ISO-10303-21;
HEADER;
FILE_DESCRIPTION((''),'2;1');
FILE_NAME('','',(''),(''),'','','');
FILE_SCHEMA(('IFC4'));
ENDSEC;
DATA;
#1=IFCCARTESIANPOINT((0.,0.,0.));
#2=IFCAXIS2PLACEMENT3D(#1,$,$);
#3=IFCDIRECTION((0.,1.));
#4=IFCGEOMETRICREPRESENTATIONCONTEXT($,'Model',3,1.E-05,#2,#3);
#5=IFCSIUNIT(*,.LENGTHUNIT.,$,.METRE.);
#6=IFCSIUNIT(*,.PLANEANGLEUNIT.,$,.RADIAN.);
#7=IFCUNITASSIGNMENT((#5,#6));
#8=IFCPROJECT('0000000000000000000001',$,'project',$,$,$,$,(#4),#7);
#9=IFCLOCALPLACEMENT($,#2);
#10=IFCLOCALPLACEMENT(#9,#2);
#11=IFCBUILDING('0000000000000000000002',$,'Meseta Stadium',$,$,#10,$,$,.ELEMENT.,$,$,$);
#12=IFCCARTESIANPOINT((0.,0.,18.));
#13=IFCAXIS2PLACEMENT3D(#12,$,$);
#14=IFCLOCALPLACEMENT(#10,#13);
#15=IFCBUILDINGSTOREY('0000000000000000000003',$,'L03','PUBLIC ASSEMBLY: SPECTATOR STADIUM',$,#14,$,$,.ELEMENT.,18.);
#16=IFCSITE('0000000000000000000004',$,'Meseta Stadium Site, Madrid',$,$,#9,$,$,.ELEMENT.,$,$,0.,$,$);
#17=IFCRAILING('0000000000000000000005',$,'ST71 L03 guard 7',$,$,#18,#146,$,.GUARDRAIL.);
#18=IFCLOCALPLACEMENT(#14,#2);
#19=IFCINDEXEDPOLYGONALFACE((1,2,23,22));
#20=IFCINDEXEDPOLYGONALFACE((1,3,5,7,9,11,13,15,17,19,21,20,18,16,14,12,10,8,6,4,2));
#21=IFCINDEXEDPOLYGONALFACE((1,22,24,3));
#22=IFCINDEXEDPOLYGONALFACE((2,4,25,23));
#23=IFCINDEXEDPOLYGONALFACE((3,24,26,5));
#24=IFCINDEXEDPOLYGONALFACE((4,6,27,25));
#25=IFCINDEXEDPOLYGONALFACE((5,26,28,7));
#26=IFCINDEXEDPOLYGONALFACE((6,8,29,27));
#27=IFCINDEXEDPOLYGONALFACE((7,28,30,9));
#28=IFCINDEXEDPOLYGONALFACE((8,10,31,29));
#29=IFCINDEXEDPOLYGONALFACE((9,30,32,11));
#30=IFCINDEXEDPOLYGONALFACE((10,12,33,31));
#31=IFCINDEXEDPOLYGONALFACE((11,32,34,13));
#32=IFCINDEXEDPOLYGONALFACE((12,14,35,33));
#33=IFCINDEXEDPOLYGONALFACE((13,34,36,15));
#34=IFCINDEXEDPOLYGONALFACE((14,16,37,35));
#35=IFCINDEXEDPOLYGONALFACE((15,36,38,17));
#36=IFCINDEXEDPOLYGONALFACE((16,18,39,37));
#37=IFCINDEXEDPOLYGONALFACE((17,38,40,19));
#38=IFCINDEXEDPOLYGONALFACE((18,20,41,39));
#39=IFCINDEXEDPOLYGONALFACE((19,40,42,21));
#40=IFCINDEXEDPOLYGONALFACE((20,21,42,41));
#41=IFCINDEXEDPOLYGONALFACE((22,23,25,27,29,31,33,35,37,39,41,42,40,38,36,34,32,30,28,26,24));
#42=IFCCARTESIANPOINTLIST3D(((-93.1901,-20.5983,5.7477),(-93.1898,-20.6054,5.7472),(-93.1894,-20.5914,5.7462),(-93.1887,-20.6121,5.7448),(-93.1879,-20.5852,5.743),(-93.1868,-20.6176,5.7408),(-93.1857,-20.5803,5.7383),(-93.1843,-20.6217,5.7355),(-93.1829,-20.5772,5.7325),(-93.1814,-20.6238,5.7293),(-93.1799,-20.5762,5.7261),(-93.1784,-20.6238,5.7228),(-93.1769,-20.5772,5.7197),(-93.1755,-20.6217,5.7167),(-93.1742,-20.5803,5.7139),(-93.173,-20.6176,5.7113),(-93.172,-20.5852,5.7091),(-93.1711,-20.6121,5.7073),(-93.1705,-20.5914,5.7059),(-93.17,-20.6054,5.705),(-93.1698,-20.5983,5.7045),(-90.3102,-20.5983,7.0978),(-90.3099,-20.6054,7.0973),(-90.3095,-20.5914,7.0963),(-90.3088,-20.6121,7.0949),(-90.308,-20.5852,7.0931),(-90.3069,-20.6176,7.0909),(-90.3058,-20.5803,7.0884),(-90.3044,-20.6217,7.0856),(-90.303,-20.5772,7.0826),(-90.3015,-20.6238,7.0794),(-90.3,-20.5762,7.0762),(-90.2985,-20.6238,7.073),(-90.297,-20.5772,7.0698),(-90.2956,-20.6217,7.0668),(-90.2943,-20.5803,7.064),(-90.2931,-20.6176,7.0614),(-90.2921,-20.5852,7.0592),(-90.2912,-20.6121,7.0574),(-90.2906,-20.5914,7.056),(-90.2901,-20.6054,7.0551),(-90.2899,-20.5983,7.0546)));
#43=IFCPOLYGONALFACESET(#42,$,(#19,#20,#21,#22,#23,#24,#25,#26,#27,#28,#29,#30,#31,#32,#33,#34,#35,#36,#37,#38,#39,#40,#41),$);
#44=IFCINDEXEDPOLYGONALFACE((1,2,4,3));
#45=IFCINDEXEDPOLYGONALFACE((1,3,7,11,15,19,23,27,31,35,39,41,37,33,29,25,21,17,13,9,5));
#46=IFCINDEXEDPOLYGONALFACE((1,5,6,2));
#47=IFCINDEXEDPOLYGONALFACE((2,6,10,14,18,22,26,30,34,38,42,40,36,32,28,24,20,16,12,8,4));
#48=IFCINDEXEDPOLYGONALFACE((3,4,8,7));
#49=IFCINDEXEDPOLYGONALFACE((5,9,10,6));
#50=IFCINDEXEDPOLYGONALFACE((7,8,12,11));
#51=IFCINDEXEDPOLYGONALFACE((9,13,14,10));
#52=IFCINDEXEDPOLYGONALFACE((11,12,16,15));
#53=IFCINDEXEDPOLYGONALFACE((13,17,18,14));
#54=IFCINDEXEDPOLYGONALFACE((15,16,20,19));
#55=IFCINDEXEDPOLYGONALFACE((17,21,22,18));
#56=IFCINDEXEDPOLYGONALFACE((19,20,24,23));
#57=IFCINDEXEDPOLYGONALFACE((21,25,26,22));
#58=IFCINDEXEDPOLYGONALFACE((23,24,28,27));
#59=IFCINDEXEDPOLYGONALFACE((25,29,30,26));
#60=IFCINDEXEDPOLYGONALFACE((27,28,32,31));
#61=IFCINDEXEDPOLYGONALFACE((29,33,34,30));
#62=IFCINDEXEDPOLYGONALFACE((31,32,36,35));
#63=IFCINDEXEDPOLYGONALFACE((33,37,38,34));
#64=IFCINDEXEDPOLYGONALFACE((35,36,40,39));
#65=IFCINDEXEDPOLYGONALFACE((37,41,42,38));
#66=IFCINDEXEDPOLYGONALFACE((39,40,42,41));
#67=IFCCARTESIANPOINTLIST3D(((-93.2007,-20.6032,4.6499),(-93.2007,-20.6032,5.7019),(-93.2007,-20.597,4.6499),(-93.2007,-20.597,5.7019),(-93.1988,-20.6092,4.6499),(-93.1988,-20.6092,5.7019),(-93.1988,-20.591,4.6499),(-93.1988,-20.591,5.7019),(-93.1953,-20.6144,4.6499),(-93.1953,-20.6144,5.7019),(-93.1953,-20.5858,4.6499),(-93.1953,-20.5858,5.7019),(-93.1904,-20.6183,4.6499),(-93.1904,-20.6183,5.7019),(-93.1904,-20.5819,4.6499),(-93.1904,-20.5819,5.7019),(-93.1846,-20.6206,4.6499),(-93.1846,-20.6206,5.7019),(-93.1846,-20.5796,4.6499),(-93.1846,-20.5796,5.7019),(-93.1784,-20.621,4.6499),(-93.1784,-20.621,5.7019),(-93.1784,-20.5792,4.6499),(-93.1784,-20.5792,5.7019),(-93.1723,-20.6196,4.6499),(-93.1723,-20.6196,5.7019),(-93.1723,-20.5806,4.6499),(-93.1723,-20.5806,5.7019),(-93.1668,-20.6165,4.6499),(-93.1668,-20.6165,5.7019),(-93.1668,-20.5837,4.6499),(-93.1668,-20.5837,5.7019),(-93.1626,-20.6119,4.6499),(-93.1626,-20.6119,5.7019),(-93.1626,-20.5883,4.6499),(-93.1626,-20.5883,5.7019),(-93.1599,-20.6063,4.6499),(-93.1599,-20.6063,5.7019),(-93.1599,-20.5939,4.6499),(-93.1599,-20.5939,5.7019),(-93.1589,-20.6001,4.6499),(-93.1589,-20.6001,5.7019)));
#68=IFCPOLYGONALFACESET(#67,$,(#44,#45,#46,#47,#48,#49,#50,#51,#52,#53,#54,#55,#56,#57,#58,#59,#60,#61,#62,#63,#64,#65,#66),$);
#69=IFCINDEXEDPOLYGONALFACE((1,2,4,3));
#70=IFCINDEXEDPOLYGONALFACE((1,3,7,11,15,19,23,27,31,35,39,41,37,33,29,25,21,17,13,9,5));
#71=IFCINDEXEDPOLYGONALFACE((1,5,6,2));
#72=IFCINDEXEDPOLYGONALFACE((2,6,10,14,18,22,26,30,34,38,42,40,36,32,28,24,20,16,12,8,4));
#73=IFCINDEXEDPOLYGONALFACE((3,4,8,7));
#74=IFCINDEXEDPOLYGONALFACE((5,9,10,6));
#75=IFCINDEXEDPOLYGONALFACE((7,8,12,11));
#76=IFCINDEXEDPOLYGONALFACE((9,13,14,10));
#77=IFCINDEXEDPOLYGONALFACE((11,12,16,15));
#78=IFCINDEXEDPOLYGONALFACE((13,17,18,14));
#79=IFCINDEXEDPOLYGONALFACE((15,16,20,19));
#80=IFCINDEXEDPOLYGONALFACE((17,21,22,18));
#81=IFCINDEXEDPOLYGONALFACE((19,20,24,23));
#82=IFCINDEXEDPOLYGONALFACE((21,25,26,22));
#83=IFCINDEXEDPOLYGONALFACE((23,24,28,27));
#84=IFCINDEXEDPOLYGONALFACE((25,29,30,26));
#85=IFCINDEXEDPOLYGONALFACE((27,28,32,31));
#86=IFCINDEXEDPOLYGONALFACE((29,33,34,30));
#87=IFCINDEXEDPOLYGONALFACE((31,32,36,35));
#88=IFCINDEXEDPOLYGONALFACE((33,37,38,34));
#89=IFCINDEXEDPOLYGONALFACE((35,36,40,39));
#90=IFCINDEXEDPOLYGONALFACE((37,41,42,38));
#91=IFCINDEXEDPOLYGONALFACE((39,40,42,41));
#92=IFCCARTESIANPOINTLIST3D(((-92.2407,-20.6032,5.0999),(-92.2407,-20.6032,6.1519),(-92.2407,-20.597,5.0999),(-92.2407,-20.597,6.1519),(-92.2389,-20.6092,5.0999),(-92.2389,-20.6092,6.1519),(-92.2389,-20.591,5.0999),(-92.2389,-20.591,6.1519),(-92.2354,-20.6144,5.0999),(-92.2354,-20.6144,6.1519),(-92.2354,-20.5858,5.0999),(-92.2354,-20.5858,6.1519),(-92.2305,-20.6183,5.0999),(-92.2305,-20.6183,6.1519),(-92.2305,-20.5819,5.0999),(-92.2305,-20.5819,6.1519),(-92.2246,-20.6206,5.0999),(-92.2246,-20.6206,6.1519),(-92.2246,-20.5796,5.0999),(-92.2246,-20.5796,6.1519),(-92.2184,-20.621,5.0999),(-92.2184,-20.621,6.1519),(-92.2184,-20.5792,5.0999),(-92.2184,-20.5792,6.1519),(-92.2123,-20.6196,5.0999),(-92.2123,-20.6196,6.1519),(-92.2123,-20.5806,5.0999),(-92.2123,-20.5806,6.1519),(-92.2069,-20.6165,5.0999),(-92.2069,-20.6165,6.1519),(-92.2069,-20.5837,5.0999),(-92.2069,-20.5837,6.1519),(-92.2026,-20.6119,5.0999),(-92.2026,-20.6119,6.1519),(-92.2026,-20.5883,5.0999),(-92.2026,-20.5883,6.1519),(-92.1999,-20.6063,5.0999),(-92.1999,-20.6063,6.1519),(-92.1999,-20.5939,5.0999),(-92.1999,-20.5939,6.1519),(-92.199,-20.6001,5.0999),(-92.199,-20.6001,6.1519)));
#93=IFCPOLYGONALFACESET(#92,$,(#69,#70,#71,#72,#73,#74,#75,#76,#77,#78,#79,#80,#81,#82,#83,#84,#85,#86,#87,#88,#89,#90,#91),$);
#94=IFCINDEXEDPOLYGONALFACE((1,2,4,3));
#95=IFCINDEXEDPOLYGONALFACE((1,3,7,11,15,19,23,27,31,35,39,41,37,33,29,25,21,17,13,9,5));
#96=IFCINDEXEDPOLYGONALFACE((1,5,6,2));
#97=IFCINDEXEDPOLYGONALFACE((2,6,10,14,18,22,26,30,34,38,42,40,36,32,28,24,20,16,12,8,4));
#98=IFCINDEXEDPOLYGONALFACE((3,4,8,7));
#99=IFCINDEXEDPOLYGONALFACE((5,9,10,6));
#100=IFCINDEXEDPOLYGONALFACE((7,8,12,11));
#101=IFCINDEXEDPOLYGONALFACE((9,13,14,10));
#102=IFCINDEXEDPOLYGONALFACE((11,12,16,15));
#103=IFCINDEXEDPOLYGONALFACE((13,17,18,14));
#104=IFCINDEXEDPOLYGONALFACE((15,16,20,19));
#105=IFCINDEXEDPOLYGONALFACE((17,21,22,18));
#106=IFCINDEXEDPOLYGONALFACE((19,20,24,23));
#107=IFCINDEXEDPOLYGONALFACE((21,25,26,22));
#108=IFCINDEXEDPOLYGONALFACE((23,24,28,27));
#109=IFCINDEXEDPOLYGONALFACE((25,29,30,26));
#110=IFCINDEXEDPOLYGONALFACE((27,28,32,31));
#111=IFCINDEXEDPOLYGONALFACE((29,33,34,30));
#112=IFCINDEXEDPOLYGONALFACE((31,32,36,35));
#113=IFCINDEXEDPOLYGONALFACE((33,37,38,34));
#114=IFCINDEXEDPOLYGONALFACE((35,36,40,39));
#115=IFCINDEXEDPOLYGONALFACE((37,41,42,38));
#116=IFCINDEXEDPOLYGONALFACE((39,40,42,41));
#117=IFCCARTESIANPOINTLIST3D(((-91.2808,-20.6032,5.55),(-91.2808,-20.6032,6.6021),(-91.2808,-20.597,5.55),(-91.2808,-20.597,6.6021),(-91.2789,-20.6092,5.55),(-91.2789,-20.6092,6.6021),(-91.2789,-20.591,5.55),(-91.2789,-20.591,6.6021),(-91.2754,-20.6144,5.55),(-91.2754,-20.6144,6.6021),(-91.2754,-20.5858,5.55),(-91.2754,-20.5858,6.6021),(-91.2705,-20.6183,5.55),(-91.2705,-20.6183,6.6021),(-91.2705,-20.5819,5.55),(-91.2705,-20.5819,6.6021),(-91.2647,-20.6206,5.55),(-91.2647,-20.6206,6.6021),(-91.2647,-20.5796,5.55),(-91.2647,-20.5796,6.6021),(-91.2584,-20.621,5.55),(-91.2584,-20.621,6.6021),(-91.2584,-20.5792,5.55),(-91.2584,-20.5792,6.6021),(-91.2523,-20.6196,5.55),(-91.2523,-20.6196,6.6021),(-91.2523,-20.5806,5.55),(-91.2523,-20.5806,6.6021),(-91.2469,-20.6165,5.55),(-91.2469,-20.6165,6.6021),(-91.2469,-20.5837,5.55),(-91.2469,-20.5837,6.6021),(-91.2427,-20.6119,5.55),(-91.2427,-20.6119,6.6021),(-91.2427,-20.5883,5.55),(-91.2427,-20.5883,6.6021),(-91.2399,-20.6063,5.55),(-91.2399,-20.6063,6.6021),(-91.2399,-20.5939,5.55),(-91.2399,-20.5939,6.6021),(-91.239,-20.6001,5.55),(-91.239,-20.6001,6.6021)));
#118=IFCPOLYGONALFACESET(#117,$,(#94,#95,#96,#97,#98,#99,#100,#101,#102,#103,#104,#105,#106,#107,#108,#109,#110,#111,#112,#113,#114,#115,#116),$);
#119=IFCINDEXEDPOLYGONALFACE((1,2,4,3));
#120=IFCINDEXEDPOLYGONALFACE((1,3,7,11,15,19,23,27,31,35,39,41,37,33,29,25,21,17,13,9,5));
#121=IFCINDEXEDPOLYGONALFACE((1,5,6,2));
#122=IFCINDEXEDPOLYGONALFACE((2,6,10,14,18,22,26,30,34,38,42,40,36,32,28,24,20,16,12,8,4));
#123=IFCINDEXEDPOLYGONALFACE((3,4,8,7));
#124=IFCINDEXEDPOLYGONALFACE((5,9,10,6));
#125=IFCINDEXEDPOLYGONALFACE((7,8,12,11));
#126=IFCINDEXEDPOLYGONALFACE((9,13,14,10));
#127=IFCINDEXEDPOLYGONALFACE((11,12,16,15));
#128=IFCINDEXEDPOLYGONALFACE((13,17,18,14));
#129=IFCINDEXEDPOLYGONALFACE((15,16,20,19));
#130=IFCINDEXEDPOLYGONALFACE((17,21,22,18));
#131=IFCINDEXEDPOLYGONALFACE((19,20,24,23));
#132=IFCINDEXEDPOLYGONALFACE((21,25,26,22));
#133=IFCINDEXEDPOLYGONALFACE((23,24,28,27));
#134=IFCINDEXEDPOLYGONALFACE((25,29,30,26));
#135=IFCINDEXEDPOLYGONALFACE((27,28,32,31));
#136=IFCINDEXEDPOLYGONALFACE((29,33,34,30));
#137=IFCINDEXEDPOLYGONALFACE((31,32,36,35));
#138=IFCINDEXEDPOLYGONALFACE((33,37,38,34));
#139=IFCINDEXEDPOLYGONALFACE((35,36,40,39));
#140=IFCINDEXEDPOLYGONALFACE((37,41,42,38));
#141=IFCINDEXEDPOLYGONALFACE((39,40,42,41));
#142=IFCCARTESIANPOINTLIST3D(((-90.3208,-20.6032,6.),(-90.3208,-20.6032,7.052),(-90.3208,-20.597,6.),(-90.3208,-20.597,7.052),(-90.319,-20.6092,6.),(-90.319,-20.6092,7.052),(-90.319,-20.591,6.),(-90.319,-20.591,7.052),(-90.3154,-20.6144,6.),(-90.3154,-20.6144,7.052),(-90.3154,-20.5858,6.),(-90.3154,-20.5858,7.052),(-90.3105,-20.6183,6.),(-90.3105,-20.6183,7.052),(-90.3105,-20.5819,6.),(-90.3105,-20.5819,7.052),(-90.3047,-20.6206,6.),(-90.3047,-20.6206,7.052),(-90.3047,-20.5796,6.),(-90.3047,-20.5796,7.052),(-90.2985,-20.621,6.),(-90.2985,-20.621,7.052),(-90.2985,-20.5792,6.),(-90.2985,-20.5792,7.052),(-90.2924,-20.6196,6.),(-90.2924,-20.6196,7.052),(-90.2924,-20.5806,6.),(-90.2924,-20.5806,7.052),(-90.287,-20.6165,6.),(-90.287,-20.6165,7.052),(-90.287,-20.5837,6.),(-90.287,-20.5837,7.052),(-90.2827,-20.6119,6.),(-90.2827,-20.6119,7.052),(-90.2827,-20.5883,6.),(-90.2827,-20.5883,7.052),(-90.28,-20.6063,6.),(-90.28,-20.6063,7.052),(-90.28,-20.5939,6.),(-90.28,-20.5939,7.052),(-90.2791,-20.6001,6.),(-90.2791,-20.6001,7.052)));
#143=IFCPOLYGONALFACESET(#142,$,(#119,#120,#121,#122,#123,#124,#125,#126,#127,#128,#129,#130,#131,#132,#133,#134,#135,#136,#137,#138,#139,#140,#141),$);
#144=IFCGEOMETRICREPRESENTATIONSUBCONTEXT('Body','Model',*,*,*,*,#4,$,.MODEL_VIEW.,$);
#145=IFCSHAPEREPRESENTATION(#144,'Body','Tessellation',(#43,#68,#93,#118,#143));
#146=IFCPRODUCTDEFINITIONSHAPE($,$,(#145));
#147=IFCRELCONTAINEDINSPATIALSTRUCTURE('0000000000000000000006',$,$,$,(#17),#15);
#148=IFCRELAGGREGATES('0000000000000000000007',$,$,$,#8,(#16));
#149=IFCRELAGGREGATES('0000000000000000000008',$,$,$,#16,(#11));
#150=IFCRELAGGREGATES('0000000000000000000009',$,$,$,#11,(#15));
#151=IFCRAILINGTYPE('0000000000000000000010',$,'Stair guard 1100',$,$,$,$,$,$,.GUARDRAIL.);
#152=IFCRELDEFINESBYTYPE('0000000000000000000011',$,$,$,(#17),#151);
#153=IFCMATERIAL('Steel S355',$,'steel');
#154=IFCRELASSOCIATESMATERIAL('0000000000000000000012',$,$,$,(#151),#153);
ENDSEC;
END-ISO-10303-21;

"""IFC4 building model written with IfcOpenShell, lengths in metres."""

from ifc_helpers import new_model, si_unit, direction, frame, origin, origin_2d, place, context, subcontext, project, spatial, circle, extrude, material, type_object, element, save


model = new_model("IFC4")

# Units and contexts
model_context = context("Model", 3, precision=1e-05, world=origin(), true_north=direction((0.0, 1.0)))
body_context = subcontext(model_context, "Body", "Model", "MODEL_VIEW")
ifc_project = project(units=[si_unit("LENGTHUNIT", "METRE"), si_unit("PLANEANGLEUNIT", "RADIAN")], contexts=[model_context])

# Site, building, storey
site_placement = place(None, origin())
site = spatial("IfcSite", under=ifc_project, at=site_placement, Name="Meseta Stadium Site, Madrid", CompositionType="ELEMENT", RefElevation=0.0)
building_placement = place(site_placement, origin())
building = spatial("IfcBuilding", under=site, at=building_placement, Name="Meseta Stadium", CompositionType="ELEMENT")
storey_placement = place(building_placement, frame((0.0, 0.0, 18.0)))
storey = spatial("IfcBuildingStorey", under=building, at=storey_placement, Name="L03", Description="PUBLIC ASSEMBLY: SPECTATOR STADIUM", CompositionType="ELEMENT", Elevation=18.0)

# Railing
ifc_material_1 = material(Name="Steel S355", Category="steel")
railing_type_1 = type_object("IfcRailingType", Name="Stair guard 1100", PredefinedType="GUARDRAIL", material=ifc_material_1)
railing_1_placement = place(storey_placement, frame((-93.1799, -20.6001, 4.6499)))
element("IfcRailing", 1, at=railing_1_placement, inside=storey, type_object=railing_type_1, Name="ST71 L03 guard 7", PredefinedType="GUARDRAIL", context=body_context, shape_type="SweptSolid", body=[
    extrude(circle(Radius=0.0239, at=origin_2d()), frame((0.0, 0.0, 1.0762), z_axis=(0.90544, 0.0, 0.424473), x_axis=(0.0, 1.0, 0.0)), (0.0, 0.0, 1.0), 3.1807),
    extrude(circle(Radius=0.021, at=origin_2d()), origin(), (0.0, 0.0, 1.0), 1.052),
    extrude(circle(Radius=0.021, at=origin_2d()), frame((0.96, 0.0, 0.45)), (0.0, 0.0, 1.0), 1.052),
    extrude(circle(Radius=0.021, at=origin_2d()), frame((1.9199, 0.0, 0.9001)), (0.0, 0.0, 1.0), 1.052),
    extrude(circle(Radius=0.021, at=origin_2d()), frame((2.8799, 0.0, 1.3501)), (0.0, 0.0, 1.0), 1.052),
])

save(model, "model.ifc")
